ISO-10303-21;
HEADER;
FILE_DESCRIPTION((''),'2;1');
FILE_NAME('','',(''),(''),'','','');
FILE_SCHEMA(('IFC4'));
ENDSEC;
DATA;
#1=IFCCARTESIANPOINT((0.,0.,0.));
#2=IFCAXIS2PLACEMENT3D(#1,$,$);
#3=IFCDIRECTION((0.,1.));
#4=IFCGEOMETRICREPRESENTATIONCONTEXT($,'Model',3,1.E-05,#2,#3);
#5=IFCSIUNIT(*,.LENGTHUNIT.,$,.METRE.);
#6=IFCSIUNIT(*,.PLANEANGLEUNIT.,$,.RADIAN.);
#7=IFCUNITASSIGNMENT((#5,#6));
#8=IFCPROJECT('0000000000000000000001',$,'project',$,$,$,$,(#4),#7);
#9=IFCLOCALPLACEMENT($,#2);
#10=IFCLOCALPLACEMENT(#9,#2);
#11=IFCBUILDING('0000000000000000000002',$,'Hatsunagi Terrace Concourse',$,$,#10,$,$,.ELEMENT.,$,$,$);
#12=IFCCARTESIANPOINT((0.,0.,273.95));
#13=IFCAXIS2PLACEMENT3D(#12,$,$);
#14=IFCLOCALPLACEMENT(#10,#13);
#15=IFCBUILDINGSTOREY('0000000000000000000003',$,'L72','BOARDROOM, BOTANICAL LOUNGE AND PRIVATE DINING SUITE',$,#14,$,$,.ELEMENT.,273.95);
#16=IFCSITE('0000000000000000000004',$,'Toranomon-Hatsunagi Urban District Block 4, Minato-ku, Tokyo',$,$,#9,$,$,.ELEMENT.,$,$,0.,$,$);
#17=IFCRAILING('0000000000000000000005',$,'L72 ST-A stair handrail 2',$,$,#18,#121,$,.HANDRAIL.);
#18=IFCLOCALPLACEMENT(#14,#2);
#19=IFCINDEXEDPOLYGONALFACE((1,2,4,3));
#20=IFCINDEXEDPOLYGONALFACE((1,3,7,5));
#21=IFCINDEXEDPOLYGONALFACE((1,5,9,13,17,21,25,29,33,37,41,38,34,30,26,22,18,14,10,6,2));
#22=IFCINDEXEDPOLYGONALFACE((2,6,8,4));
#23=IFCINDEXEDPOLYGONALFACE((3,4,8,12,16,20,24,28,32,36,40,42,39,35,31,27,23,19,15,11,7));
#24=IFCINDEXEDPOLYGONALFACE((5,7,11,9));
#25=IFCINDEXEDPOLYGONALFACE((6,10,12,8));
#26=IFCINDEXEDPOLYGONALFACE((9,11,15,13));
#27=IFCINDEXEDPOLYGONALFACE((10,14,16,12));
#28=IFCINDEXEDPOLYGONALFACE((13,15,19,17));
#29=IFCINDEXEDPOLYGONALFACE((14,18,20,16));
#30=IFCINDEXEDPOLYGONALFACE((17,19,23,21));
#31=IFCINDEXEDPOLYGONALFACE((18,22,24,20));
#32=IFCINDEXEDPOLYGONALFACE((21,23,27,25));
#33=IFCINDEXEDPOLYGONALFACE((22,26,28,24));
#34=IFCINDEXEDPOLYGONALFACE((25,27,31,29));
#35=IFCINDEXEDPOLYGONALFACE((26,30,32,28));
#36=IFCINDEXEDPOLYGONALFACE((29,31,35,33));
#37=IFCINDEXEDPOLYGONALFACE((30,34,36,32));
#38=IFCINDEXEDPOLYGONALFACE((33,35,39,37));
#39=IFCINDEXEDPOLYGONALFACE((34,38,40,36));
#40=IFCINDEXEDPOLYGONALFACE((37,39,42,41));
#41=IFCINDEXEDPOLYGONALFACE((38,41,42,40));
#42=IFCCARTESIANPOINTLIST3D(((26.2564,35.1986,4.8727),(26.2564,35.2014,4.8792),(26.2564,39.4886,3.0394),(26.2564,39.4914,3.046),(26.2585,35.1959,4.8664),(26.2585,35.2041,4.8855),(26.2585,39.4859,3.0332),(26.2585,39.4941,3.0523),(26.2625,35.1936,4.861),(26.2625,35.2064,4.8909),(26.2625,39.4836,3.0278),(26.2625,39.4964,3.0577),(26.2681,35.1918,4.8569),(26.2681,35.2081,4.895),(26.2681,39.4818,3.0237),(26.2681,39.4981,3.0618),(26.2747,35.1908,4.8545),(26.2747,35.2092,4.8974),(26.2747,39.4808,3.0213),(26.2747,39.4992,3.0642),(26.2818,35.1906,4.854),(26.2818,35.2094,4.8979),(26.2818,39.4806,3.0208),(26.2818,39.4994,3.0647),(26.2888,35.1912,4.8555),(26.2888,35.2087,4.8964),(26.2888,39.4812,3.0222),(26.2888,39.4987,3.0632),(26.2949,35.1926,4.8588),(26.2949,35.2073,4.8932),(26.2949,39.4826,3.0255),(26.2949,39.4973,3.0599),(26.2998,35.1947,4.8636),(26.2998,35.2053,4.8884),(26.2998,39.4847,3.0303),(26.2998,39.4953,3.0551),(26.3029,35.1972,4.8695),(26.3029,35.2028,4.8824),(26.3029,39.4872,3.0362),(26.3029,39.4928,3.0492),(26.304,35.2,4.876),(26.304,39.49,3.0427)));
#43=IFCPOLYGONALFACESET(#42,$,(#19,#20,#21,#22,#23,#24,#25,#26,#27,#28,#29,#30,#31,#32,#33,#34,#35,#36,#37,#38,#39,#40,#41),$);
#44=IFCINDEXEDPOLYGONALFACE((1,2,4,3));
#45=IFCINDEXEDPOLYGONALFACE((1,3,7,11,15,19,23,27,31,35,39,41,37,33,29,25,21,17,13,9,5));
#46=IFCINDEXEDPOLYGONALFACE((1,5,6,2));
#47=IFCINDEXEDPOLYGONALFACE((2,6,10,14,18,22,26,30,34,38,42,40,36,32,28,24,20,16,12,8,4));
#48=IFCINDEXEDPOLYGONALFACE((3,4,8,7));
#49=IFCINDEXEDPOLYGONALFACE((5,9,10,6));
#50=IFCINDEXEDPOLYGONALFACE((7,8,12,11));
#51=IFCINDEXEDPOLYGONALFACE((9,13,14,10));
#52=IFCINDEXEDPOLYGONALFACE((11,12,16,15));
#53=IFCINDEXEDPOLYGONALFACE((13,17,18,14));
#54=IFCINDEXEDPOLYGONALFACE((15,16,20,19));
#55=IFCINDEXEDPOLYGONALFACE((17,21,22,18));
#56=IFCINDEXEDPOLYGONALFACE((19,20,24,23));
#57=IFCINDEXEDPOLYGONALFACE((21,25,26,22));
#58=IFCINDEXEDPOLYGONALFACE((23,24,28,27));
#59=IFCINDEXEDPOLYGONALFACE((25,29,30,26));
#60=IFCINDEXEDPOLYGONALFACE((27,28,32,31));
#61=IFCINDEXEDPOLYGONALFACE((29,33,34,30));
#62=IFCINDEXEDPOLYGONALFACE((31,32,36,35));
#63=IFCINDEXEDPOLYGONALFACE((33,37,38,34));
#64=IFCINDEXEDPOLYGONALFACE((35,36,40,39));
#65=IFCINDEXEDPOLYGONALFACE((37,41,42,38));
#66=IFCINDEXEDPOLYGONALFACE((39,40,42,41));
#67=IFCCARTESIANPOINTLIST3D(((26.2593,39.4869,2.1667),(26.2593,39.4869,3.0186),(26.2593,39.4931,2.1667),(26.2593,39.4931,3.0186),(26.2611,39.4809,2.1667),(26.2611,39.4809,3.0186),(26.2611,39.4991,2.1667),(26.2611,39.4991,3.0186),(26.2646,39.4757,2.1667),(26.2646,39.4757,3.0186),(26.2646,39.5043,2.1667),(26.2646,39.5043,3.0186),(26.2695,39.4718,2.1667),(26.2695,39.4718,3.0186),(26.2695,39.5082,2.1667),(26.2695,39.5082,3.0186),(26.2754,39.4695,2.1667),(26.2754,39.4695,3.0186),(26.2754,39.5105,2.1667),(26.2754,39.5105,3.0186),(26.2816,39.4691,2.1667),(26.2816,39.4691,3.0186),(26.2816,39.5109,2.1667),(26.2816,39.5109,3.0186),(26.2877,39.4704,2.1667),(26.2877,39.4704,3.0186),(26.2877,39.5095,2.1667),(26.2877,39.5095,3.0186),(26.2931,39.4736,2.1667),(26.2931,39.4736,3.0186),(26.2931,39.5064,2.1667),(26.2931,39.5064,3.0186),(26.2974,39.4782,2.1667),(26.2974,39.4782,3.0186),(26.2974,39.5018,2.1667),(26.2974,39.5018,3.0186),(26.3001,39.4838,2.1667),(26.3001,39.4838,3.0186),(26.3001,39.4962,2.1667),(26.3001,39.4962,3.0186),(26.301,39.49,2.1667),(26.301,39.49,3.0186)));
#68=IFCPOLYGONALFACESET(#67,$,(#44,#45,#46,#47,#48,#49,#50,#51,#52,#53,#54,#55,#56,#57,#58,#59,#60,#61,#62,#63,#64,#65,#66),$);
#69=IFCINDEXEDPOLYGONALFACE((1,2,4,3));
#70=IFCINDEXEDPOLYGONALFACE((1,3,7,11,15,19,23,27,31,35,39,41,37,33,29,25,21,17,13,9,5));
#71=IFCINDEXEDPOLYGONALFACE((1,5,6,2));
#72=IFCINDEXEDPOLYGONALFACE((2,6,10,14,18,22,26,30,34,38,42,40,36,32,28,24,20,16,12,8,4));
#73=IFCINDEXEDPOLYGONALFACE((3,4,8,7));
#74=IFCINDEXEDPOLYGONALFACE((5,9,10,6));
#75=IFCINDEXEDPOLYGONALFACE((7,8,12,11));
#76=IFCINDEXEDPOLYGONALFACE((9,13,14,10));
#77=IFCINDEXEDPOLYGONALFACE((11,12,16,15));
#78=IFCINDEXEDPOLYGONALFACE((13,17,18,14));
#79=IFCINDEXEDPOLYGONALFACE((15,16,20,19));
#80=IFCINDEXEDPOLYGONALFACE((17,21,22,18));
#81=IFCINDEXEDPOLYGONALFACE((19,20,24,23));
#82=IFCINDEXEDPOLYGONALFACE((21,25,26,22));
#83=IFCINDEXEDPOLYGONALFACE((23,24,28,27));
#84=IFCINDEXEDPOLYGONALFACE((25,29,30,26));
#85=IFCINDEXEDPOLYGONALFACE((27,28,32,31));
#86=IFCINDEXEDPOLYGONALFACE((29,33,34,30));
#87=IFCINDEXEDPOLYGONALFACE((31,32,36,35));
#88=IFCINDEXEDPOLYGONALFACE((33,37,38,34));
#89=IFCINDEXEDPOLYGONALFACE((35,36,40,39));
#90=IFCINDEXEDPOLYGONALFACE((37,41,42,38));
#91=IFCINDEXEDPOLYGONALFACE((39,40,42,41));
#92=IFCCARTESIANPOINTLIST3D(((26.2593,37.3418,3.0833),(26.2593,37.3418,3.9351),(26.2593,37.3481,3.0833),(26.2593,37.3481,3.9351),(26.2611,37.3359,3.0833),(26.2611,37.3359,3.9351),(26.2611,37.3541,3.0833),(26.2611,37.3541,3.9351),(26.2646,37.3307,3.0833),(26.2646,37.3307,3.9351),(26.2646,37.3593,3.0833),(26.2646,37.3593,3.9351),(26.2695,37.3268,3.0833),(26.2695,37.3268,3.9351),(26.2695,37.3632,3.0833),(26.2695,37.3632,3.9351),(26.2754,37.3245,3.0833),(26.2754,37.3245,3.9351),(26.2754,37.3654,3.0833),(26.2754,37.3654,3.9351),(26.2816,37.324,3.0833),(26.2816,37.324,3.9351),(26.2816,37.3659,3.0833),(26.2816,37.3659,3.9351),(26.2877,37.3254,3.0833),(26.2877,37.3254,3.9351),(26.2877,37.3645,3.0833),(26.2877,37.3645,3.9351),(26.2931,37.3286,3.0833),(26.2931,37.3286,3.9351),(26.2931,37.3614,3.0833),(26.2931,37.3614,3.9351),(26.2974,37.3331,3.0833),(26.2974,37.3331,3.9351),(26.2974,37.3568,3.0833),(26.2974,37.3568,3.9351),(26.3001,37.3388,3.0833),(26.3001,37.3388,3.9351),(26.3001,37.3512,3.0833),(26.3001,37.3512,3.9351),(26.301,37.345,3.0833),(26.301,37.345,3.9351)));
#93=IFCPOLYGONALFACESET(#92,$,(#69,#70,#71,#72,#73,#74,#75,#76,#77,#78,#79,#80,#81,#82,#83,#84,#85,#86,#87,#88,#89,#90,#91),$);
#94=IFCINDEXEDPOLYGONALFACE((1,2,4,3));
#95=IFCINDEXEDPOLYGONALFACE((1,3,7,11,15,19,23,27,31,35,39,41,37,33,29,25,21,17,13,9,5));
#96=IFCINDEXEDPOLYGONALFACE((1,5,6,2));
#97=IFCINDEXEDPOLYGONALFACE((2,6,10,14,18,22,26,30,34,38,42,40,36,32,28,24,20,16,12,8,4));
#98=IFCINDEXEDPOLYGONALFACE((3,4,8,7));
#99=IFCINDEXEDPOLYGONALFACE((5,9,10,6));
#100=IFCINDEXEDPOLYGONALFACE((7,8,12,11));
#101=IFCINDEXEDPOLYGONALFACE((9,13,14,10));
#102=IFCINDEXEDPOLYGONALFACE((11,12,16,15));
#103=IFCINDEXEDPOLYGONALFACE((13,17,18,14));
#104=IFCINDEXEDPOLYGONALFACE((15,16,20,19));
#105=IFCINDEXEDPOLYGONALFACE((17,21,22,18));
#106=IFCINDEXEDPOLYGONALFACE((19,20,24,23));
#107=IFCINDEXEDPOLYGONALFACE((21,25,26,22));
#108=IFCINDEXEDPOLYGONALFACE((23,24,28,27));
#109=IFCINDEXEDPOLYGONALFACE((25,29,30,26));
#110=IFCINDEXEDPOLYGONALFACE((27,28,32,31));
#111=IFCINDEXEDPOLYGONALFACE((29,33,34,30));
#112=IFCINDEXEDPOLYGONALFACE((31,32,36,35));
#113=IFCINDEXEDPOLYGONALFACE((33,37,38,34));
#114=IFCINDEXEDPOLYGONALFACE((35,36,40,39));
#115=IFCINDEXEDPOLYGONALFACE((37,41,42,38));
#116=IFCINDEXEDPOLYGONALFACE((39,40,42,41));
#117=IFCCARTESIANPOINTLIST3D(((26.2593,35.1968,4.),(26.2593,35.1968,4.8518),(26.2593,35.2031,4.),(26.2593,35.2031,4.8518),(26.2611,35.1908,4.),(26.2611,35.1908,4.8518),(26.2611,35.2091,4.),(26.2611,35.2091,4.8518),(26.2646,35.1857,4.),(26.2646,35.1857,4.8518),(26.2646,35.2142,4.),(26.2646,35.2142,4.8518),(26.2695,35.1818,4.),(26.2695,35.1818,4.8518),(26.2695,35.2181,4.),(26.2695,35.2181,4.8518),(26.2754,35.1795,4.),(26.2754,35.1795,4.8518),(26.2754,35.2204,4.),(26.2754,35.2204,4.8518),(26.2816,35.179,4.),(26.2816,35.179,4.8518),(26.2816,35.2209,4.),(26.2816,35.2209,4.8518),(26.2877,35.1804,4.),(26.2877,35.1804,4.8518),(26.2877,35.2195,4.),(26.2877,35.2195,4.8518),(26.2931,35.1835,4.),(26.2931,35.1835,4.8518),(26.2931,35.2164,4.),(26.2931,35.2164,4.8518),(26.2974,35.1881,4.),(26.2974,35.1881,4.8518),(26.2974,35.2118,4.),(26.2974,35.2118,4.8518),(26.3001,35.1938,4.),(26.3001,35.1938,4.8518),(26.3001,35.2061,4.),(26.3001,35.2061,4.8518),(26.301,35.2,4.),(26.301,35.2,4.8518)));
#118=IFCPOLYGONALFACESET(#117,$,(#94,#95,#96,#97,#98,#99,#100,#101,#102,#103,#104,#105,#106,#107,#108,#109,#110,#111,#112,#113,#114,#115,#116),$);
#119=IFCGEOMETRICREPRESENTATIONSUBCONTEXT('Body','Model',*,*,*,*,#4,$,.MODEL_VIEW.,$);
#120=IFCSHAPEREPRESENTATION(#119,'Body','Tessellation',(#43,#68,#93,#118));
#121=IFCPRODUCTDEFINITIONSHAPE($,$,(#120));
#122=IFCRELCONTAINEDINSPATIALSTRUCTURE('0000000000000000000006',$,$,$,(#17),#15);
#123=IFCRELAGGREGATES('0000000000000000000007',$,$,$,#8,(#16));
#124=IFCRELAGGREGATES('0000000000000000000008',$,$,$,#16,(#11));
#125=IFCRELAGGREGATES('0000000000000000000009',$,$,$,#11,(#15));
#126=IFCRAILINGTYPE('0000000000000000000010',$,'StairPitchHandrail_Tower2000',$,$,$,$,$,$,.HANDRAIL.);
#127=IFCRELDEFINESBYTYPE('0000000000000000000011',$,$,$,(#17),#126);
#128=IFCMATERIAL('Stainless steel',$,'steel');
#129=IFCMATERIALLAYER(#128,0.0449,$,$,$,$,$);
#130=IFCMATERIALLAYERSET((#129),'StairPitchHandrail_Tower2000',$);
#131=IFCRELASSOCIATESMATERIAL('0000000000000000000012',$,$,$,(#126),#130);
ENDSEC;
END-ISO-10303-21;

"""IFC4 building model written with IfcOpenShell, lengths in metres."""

from ifc_helpers import new_model, si_unit, direction, frame, origin, origin_2d, place, context, subcontext, project, spatial, circle, extrude, material, layer, layer_set, type_object, element, save


model = new_model("IFC4")

# Units and contexts
model_context = context("Model", 3, precision=1e-05, world=origin(), true_north=direction((0.0, 1.0)))
body_context = subcontext(model_context, "Body", "Model", "MODEL_VIEW")
ifc_project = project(units=[si_unit("LENGTHUNIT", "METRE"), si_unit("PLANEANGLEUNIT", "RADIAN")], contexts=[model_context])

# Site, building, storey
site_placement = place(None, origin())
site = spatial("IfcSite", under=ifc_project, at=site_placement, Name="Toranomon-Hatsunagi Urban District Block 4, Minato-ku, Tokyo", CompositionType="ELEMENT", RefElevation=0.0)
building_placement = place(site_placement, origin())
building = spatial("IfcBuilding", under=site, at=building_placement, Name="Hatsunagi Terrace Concourse", CompositionType="ELEMENT")
storey_placement = place(building_placement, frame((0.0, 0.0, 273.95)))
storey = spatial("IfcBuildingStorey", under=building, at=storey_placement, Name="L72", Description="BOARDROOM, BOTANICAL LOUNGE AND PRIVATE DINING SUITE", CompositionType="ELEMENT", Elevation=273.95)

# Railing
ifc_material_1 = material(Name="Stainless steel", Category="steel")
ifc_layer_1 = layer(ifc_material_1, 0.0449)
ifc_layer_set_1 = layer_set([ifc_layer_1], Name="StairPitchHandrail_Tower2000")
railing_type_1 = type_object("IfcRailingType", Name="StairPitchHandrail_Tower2000", PredefinedType="HANDRAIL", material=ifc_layer_set_1)
railing_1_placement = place(storey_placement, frame((26.28, 39.49, 2.1667)))
element("IfcRailing", 1, at=railing_1_placement, inside=storey, type_object=railing_type_1, Name="L72 ST-A stair handrail 2", PredefinedType="HANDRAIL", context=body_context, shape_type="SweptSolid", body=[
    extrude(circle(Radius=0.0239, at=origin_2d()), frame((0.0, 0.0, 0.876), z_axis=(0.0, -0.919559, 0.392953), x_axis=(1.0, 0.0, 0.0)), (0.0, 0.0, 1.0), 4.6653),
    extrude(circle(Radius=0.021, at=origin_2d()), origin(), (0.0, 0.0, 1.0), 0.8518),
    extrude(circle(Radius=0.021, at=origin_2d()), frame((0.0, -2.145, 0.9165)), (0.0, 0.0, 1.0), 0.8518),
    extrude(circle(Radius=0.021, at=origin_2d()), frame((0.0, -4.29, 1.8333)), (0.0, 0.0, 1.0), 0.8518),
])

save(model, "model.ifc")
